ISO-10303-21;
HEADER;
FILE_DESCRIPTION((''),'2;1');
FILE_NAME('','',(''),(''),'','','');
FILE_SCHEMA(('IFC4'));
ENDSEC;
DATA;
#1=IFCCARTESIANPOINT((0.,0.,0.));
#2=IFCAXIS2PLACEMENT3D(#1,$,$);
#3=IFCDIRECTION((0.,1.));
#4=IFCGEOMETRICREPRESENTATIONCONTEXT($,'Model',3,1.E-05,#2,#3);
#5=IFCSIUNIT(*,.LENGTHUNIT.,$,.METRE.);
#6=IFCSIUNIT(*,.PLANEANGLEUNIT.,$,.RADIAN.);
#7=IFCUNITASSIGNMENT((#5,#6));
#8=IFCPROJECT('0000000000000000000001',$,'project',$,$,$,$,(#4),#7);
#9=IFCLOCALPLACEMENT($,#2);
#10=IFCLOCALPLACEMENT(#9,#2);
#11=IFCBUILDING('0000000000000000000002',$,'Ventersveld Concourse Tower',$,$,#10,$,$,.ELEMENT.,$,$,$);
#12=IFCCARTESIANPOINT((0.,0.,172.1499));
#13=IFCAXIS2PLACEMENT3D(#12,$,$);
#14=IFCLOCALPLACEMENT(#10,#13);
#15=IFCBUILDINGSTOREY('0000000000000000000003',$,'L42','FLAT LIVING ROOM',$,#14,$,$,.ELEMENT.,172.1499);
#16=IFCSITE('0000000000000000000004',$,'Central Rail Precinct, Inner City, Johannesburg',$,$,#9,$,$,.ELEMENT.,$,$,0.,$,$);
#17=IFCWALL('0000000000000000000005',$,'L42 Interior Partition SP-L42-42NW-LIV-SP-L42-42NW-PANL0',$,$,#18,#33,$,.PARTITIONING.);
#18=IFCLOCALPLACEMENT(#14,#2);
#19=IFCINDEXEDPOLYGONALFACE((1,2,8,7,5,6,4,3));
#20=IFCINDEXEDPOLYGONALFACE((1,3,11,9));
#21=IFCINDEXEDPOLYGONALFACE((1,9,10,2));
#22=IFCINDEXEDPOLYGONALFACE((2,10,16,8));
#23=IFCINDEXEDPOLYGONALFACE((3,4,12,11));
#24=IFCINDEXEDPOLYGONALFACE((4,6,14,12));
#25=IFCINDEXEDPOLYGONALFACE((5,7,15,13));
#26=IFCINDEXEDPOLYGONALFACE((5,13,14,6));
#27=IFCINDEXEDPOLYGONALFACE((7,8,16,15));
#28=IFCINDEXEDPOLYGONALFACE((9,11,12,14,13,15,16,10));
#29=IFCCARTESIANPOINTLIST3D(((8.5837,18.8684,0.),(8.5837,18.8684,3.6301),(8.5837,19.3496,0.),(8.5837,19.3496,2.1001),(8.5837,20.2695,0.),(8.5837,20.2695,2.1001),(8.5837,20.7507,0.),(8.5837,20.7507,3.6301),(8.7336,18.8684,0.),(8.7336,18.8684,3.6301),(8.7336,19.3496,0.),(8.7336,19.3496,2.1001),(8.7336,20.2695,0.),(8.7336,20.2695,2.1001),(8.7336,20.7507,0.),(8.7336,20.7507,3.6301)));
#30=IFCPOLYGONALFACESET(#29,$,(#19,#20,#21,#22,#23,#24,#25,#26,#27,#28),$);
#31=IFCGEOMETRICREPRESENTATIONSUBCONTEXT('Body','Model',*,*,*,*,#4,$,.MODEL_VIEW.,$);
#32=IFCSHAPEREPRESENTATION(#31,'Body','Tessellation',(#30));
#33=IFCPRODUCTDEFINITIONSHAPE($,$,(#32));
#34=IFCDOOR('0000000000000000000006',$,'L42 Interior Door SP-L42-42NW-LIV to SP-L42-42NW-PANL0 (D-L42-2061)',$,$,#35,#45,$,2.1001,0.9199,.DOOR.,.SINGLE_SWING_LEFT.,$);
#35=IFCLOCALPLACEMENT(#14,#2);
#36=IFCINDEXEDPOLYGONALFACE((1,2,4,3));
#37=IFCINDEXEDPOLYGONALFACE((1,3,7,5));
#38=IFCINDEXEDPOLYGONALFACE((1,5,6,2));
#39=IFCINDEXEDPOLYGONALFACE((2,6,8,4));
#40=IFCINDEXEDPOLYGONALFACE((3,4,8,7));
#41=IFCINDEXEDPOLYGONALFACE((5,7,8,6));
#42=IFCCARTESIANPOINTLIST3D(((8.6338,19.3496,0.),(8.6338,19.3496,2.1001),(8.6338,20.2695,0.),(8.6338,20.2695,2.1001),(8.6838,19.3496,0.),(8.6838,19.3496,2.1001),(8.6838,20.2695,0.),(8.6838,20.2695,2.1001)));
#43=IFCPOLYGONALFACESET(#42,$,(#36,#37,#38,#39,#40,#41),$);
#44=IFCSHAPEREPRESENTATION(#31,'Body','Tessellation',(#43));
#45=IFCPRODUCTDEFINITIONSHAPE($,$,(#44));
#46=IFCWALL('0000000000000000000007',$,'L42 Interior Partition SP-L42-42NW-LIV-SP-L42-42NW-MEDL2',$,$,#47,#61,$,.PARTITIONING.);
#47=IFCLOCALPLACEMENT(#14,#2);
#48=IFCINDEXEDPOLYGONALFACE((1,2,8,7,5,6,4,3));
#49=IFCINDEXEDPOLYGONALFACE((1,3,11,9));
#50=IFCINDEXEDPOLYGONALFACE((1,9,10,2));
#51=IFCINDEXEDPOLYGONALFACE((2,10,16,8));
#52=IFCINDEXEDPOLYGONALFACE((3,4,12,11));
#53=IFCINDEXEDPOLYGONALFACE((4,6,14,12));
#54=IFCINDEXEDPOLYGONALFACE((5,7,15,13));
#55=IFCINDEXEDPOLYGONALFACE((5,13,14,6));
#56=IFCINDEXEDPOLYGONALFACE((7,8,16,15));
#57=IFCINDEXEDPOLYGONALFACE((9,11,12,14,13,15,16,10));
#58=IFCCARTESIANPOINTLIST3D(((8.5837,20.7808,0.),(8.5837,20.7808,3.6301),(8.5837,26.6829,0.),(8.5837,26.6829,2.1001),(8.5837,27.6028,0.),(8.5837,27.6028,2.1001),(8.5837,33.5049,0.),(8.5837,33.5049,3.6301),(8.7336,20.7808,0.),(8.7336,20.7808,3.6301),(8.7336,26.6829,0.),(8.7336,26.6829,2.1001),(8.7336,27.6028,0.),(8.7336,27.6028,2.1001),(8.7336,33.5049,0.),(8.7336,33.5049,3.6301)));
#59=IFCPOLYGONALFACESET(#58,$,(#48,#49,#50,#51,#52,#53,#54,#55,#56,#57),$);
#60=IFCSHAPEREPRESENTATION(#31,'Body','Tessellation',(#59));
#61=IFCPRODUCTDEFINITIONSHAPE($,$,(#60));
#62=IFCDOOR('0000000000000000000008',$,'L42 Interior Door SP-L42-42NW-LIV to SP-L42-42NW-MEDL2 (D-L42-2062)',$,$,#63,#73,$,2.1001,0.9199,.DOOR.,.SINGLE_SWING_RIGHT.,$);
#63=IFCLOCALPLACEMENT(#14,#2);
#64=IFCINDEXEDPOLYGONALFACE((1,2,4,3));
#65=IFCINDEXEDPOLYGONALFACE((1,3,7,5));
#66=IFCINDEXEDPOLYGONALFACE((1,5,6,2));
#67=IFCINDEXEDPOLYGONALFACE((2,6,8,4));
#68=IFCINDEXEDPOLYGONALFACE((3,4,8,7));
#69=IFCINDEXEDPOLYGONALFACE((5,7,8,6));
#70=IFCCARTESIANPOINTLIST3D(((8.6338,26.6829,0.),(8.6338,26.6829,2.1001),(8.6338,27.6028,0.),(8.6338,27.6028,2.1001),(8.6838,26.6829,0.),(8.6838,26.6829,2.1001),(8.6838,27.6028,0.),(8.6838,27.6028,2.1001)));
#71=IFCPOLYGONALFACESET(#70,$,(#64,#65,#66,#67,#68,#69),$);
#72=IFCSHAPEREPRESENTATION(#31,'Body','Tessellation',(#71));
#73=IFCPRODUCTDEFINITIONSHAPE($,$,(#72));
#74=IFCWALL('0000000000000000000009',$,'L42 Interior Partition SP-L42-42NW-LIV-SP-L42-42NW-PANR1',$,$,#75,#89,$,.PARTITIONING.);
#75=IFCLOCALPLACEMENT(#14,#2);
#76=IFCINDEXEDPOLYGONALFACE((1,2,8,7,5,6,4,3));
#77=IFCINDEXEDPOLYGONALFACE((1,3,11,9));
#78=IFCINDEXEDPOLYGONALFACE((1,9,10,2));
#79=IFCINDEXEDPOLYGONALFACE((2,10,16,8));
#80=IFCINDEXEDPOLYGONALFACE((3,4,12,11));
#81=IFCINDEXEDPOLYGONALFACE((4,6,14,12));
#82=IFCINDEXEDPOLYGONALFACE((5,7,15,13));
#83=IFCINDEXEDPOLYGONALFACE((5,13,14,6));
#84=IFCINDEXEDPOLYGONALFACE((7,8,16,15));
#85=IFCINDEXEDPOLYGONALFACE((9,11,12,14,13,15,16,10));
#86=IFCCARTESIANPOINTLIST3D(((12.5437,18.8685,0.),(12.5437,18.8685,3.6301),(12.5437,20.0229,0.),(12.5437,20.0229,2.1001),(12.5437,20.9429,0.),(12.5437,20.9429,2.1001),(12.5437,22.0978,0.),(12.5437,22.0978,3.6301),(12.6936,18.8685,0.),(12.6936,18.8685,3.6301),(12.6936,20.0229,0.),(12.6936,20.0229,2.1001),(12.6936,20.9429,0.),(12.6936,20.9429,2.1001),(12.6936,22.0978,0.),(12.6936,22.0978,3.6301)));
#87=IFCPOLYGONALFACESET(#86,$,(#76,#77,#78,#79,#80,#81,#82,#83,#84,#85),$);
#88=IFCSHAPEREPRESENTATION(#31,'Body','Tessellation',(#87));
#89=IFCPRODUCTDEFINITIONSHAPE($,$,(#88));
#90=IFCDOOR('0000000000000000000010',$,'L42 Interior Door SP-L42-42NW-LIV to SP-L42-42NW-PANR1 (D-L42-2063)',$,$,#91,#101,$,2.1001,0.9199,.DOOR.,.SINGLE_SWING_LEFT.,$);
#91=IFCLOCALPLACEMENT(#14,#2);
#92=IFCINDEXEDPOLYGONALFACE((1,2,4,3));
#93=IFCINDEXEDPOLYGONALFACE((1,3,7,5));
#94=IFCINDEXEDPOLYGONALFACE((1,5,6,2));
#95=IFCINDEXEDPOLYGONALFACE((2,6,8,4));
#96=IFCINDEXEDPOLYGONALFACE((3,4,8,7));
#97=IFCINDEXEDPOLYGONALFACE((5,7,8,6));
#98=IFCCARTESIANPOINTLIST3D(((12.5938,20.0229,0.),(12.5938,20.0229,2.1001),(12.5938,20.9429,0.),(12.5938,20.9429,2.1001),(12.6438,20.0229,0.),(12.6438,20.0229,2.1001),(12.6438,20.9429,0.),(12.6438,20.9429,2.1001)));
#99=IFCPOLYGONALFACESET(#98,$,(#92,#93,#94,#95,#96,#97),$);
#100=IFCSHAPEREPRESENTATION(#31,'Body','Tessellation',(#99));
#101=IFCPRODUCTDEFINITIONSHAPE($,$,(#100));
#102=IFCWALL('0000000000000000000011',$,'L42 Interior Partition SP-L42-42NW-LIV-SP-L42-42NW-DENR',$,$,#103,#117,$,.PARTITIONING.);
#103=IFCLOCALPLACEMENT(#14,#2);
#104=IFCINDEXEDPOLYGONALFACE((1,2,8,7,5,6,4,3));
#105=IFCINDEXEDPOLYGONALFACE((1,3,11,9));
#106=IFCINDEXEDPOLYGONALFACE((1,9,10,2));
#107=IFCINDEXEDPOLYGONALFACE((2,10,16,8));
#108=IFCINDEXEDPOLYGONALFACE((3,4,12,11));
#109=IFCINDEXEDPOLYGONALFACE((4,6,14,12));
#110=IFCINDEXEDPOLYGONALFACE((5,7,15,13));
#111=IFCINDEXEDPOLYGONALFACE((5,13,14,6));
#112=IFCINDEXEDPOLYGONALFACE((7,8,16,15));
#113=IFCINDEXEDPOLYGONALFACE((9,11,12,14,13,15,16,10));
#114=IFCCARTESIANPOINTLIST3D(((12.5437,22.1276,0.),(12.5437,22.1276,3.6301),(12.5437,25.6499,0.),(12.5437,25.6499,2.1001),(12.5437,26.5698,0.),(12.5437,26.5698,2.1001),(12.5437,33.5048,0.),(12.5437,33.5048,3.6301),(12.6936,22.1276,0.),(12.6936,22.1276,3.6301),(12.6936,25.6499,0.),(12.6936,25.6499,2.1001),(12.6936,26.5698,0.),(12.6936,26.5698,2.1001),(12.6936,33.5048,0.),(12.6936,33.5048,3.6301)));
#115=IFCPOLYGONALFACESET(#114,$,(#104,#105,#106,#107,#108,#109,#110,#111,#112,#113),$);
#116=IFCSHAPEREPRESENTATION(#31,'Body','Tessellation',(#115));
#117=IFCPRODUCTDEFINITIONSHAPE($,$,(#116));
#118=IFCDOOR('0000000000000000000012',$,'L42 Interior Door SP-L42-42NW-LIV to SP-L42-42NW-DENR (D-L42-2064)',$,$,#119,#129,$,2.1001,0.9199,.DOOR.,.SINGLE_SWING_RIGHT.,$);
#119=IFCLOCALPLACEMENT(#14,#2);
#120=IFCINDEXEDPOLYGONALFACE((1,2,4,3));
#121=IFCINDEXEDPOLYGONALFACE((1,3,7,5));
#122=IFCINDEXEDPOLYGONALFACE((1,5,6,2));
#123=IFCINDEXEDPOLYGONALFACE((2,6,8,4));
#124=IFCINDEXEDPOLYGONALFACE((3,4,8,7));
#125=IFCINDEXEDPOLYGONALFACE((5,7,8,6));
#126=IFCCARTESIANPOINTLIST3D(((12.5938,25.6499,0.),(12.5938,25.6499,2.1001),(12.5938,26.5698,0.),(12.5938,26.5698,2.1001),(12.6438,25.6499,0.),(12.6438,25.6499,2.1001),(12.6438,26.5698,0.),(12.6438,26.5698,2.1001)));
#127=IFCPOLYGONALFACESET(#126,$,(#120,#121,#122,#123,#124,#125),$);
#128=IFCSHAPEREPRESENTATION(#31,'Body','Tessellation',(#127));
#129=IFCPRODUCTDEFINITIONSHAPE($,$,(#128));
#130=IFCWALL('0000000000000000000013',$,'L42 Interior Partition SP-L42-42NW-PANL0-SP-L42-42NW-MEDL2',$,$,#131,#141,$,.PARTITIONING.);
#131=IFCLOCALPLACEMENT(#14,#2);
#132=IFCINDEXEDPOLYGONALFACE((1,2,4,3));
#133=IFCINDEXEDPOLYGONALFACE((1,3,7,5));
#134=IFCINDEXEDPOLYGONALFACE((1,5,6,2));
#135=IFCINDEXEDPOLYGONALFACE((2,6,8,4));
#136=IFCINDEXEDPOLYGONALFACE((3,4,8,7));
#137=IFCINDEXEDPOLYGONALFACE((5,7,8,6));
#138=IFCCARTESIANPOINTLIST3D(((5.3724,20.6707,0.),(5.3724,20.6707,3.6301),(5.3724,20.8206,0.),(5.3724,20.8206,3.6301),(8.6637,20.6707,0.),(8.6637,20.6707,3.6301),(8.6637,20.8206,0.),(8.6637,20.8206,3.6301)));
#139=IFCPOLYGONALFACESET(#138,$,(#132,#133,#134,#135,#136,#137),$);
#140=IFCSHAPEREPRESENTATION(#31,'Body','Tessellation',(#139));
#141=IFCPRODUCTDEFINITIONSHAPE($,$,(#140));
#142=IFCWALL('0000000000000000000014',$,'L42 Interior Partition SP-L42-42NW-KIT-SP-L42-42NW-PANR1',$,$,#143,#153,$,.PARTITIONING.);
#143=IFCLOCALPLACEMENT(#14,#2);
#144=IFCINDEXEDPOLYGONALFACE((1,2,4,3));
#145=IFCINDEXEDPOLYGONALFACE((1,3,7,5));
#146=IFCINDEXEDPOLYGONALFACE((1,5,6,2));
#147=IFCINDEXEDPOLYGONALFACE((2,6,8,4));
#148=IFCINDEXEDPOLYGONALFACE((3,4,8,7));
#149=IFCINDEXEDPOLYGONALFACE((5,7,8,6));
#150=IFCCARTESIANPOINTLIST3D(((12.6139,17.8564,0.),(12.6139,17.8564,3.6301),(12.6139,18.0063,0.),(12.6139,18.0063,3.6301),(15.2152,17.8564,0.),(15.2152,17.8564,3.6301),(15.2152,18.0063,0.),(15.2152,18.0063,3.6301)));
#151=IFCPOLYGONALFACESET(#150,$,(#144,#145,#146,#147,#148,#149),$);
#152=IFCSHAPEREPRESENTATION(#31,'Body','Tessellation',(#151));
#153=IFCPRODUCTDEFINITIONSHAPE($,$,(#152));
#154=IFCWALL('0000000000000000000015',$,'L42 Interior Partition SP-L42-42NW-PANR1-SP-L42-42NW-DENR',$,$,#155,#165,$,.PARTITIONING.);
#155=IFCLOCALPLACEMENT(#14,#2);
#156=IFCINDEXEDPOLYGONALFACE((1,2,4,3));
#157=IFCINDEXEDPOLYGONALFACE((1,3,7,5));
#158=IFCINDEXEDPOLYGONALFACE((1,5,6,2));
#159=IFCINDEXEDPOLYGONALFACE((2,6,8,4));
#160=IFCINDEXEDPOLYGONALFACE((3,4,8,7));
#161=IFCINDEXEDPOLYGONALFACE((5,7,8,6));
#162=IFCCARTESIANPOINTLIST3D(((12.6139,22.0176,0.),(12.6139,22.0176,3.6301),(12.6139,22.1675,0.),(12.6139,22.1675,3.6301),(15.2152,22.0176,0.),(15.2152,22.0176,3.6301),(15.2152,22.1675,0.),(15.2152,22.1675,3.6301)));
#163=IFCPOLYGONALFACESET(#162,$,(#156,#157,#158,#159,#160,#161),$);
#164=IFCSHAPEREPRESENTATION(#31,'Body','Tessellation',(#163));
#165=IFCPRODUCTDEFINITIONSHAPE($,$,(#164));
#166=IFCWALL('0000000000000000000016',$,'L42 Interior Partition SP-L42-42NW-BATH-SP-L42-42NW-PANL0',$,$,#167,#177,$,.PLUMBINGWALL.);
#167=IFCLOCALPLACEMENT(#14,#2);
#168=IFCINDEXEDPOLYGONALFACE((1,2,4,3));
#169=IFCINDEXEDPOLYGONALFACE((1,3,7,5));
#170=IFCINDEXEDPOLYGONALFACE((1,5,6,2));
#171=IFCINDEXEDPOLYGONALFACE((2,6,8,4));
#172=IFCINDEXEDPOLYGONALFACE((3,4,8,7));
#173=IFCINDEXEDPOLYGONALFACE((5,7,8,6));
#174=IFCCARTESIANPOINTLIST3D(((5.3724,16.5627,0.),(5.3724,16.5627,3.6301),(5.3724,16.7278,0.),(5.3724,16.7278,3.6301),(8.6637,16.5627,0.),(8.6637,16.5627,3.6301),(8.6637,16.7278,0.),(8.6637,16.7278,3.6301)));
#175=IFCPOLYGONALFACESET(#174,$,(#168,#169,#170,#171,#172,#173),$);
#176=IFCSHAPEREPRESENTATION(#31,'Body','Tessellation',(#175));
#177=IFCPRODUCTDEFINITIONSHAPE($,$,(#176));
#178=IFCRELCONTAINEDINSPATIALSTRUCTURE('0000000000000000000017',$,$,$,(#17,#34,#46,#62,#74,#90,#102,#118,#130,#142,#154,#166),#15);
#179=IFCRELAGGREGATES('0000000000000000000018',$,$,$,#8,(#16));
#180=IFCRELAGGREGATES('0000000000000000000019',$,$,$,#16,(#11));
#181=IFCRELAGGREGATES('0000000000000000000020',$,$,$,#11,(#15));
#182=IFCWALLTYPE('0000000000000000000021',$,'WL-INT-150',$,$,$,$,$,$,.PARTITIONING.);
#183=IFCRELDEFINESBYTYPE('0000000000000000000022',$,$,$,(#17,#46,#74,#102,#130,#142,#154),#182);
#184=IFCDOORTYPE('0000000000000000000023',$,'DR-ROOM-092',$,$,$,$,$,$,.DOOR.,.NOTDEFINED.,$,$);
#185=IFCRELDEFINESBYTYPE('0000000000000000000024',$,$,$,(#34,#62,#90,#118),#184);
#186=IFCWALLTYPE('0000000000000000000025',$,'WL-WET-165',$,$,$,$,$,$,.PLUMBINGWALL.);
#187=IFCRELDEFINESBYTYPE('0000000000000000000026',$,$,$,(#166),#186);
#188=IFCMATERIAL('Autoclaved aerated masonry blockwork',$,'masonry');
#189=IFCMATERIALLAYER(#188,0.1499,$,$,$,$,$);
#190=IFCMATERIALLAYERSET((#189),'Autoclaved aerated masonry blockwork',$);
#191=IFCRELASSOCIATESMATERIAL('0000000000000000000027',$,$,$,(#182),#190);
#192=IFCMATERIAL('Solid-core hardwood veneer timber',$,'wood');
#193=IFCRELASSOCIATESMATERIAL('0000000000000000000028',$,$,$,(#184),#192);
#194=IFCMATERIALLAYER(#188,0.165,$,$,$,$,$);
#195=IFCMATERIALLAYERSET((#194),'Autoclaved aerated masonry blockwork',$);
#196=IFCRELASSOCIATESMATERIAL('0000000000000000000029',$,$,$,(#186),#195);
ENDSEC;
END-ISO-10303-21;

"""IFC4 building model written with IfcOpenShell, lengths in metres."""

from ifc_helpers import new_model, si_unit, direction, frame, frame_2d, origin, place, context, subcontext, project, spatial, rectangle, extrude, material, layer, layer_set, type_object, element, fill, save


model = new_model("IFC4")

# Units and contexts
model_context = context("Model", 3, precision=1e-05, world=origin(), true_north=direction((0.0, 1.0)))
body_context = subcontext(model_context, "Body", "Model", "MODEL_VIEW")
ifc_project = project(units=[si_unit("LENGTHUNIT", "METRE"), si_unit("PLANEANGLEUNIT", "RADIAN")], contexts=[model_context])

# Site, building, storey
site_placement = place(None, origin())
site = spatial("IfcSite", under=ifc_project, at=site_placement, Name="Central Rail Precinct, Inner City, Johannesburg", CompositionType="ELEMENT", RefElevation=0.0)
building_placement = place(site_placement, origin())
building = spatial("IfcBuilding", under=site, at=building_placement, Name="Ventersveld Concourse Tower", CompositionType="ELEMENT")
storey_placement = place(building_placement, frame((0.0, 0.0, 172.1499)))
storey = spatial("IfcBuildingStorey", under=building, at=storey_placement, Name="L42", Description="FLAT LIVING ROOM", CompositionType="ELEMENT", Elevation=172.1499)

# Shared definitions
ifc_material_1 = material(Name="Autoclaved aerated masonry blockwork", Category="masonry")
ifc_layer_1 = layer(ifc_material_1, 0.1499)
ifc_layer_set_1 = layer_set([ifc_layer_1], Name="Autoclaved aerated masonry blockwork")
wall_type_1 = type_object("IfcWallType", Name="WL-INT-150", PredefinedType="PARTITIONING", material=ifc_layer_set_1)
ifc_material_2 = material(Name="Solid-core hardwood veneer timber", Category="wood")
door_type = type_object("IfcDoorType", Name="DR-ROOM-092", OperationType="NOTDEFINED", PredefinedType="DOOR", material=ifc_material_2)

# Walls, openings, doors
wall_1_placement = place(storey_placement, frame((8.6587, 18.8684, 0.0), z_axis=(0.0, 0.0, 1.0), x_axis=(0.0, 1.0, 0.0)))
wall_1 = element("IfcWall", 1, at=wall_1_placement, inside=storey, type_object=wall_type_1, Name="L42 Interior Partition SP-L42-42NW-LIV-SP-L42-42NW-PANL0", PredefinedType="PARTITIONING", context=body_context, shape_type="SweptSolid", body=[
    extrude(rectangle(XDim=1.8823, YDim=0.1499, at=frame_2d((0.9412, 0.0))), origin(), (0.0, 0.0, 1.0), 3.6301),
])
opening_1_placement = place(wall_1_placement, frame((0.4812, 0.0, 0.0)))
opening_1 = element("IfcOpeningElement", 2, at=opening_1_placement, cuts=wall_1, PredefinedType="OPENING", context=body_context, shape_type="SweptSolid", body=[
    extrude(rectangle(XDim=0.9199, YDim=2.1001, at=frame_2d((0.46, 1.05))), frame((0.0, 0.085, 0.0), z_axis=(0.0, -1.0, 0.0), x_axis=(1.0, 0.0, 0.0)), (0.0, 0.0, 1.0), 0.1699),
])
door_1_placement = place(opening_1_placement, origin())
door_1 = element("IfcDoor", 3, at=door_1_placement, inside=storey, type_object=door_type, Name="L42 Interior Door SP-L42-42NW-LIV to SP-L42-42NW-PANL0 (D-L42-2061)", OperationType="SINGLE_SWING_LEFT", OverallHeight=2.1001, OverallWidth=0.9199, PredefinedType="DOOR", context=body_context, shape_type="SweptSolid", body=[
    extrude(rectangle(XDim=0.9199, YDim=2.1001, at=frame_2d((0.46, 1.05))), frame((0.0, 0.0249, 0.0), z_axis=(0.0, -1.0, 0.0), x_axis=(1.0, 0.0, 0.0)), (0.0, 0.0, 1.0), 0.05),
])
fill(opening_1, door_1)
wall_2_placement = place(storey_placement, frame((8.6587, 20.7808, 0.0), z_axis=(0.0, 0.0, 1.0), x_axis=(0.0, 1.0, 0.0)))
wall_2 = element("IfcWall", 4, at=wall_2_placement, inside=storey, type_object=wall_type_1, Name="L42 Interior Partition SP-L42-42NW-LIV-SP-L42-42NW-MEDL2", PredefinedType="PARTITIONING", context=body_context, shape_type="SweptSolid", body=[
    extrude(rectangle(XDim=12.7241, YDim=0.1499, at=frame_2d((6.3621, 0.0))), origin(), (0.0, 0.0, 1.0), 3.6301),
])
opening_2_placement = place(wall_2_placement, frame((5.9021, 0.0, 0.0)))
opening_2 = element("IfcOpeningElement", 5, at=opening_2_placement, cuts=wall_2, PredefinedType="OPENING", context=body_context, shape_type="SweptSolid", body=[
    extrude(rectangle(XDim=0.9199, YDim=2.1001, at=frame_2d((0.46, 1.05))), frame((0.0, 0.085, 0.0), z_axis=(0.0, -1.0, 0.0), x_axis=(1.0, 0.0, 0.0)), (0.0, 0.0, 1.0), 0.1699),
])
door_2_placement = place(opening_2_placement, origin())
door_2 = element("IfcDoor", 6, at=door_2_placement, inside=storey, type_object=door_type, Name="L42 Interior Door SP-L42-42NW-LIV to SP-L42-42NW-MEDL2 (D-L42-2062)", OperationType="SINGLE_SWING_RIGHT", OverallHeight=2.1001, OverallWidth=0.9199, PredefinedType="DOOR", context=body_context, shape_type="SweptSolid", body=[
    extrude(rectangle(XDim=0.9199, YDim=2.1001, at=frame_2d((0.46, 1.05))), frame((0.0, 0.0249, 0.0), z_axis=(0.0, -1.0, 0.0), x_axis=(1.0, 0.0, 0.0)), (0.0, 0.0, 1.0), 0.05),
])
fill(opening_2, door_2)
wall_3_placement = place(storey_placement, frame((12.6187, 18.8684, 0.0), z_axis=(0.0, 0.0, 1.0), x_axis=(0.0, 1.0, 0.0)))
wall_3 = element("IfcWall", 7, at=wall_3_placement, inside=storey, type_object=wall_type_1, Name="L42 Interior Partition SP-L42-42NW-LIV-SP-L42-42NW-PANR1", PredefinedType="PARTITIONING", context=body_context, shape_type="SweptSolid", body=[
    extrude(rectangle(XDim=3.2292, YDim=0.1499, at=frame_2d((1.6147, 0.0))), origin(), (0.0, 0.0, 1.0), 3.6301),
])
opening_3_placement = place(wall_3_placement, frame((1.1545, 0.0, 0.0)))
opening_3 = element("IfcOpeningElement", 8, at=opening_3_placement, cuts=wall_3, PredefinedType="OPENING", context=body_context, shape_type="SweptSolid", body=[
    extrude(rectangle(XDim=0.9199, YDim=2.1001, at=frame_2d((0.46, 1.05))), frame((0.0, 0.085, 0.0), z_axis=(0.0, -1.0, 0.0), x_axis=(1.0, 0.0, 0.0)), (0.0, 0.0, 1.0), 0.1699),
])
door_3_placement = place(opening_3_placement, origin())
door_3 = element("IfcDoor", 9, at=door_3_placement, inside=storey, type_object=door_type, Name="L42 Interior Door SP-L42-42NW-LIV to SP-L42-42NW-PANR1 (D-L42-2063)", OperationType="SINGLE_SWING_LEFT", OverallHeight=2.1001, OverallWidth=0.9199, PredefinedType="DOOR", context=body_context, shape_type="SweptSolid", body=[
    extrude(rectangle(XDim=0.9199, YDim=2.1001, at=frame_2d((0.46, 1.05))), frame((0.0, 0.0249, 0.0), z_axis=(0.0, -1.0, 0.0), x_axis=(1.0, 0.0, 0.0)), (0.0, 0.0, 1.0), 0.05),
])
fill(opening_3, door_3)
wall_4_placement = place(storey_placement, frame((12.6187, 22.1277, 0.0), z_axis=(0.0, 0.0, 1.0), x_axis=(0.0, 1.0, 0.0)))
wall_4 = element("IfcWall", 10, at=wall_4_placement, inside=storey, type_object=wall_type_1, Name="L42 Interior Partition SP-L42-42NW-LIV-SP-L42-42NW-DENR", PredefinedType="PARTITIONING", context=body_context, shape_type="SweptSolid", body=[
    extrude(rectangle(XDim=11.3772, YDim=0.1499, at=frame_2d((5.6885, 0.0))), origin(), (0.0, 0.0, 1.0), 3.6301),
])
opening_4_placement = place(wall_4_placement, frame((3.5222, 0.0, 0.0)))
opening_4 = element("IfcOpeningElement", 11, at=opening_4_placement, cuts=wall_4, PredefinedType="OPENING", context=body_context, shape_type="SweptSolid", body=[
    extrude(rectangle(XDim=0.9199, YDim=2.1001, at=frame_2d((0.46, 1.05))), frame((0.0, 0.085, 0.0), z_axis=(0.0, -1.0, 0.0), x_axis=(1.0, 0.0, 0.0)), (0.0, 0.0, 1.0), 0.1699),
])
door_4_placement = place(opening_4_placement, origin())
door_4 = element("IfcDoor", 12, at=door_4_placement, inside=storey, type_object=door_type, Name="L42 Interior Door SP-L42-42NW-LIV to SP-L42-42NW-DENR (D-L42-2064)", OperationType="SINGLE_SWING_RIGHT", OverallHeight=2.1001, OverallWidth=0.9199, PredefinedType="DOOR", context=body_context, shape_type="SweptSolid", body=[
    extrude(rectangle(XDim=0.9199, YDim=2.1001, at=frame_2d((0.46, 1.05))), frame((0.0, 0.0249, 0.0), z_axis=(0.0, -1.0, 0.0), x_axis=(1.0, 0.0, 0.0)), (0.0, 0.0, 1.0), 0.05),
])
fill(opening_4, door_4)

# Walls
wall_5_placement = place(storey_placement, frame((5.3726, 20.7456, 0.0), z_axis=(0.0, 0.0, 1.0), x_axis=(1.0, 0.0, 0.0)))
element("IfcWall", 13, at=wall_5_placement, inside=storey, type_object=wall_type_1, Name="L42 Interior Partition SP-L42-42NW-PANL0-SP-L42-42NW-MEDL2", PredefinedType="PARTITIONING", context=body_context, shape_type="SweptSolid", body=[
    extrude(rectangle(XDim=3.2913, YDim=0.1499, at=frame_2d((1.6455, 0.0))), origin(), (0.0, 0.0, 1.0), 3.6301),
])
for number, where, z_axis, x_axis, name in (
    (14, (12.6138, 17.9314, 0.0), (0.0, 0.0, 1.0), (1.0, 0.0, 0.0), "L42 Interior Partition SP-L42-42NW-KIT-SP-L42-42NW-PANR1"),
    (15, (12.6138, 22.0925, 0.0), (0.0, 0.0, 1.0), (1.0, 0.0, 0.0), "L42 Interior Partition SP-L42-42NW-PANR1-SP-L42-42NW-DENR"),
):
    element("IfcWall", number, at=place(storey_placement, frame(where, z_axis=z_axis, x_axis=x_axis)), inside=storey, type_object=wall_type_1, Name=name, PredefinedType="PARTITIONING", context=body_context, shape_type="SweptSolid", body=[
        extrude(rectangle(XDim=2.6013, YDim=0.1499, at=frame_2d((1.3008, 0.0))), origin(), (0.0, 0.0, 1.0), 3.6301),
    ])
ifc_layer_2 = layer(ifc_material_1, 0.165)
ifc_layer_set_2 = layer_set([ifc_layer_2], Name="Autoclaved aerated masonry blockwork")
wall_type_2 = type_object("IfcWallType", Name="WL-WET-165", PredefinedType="PLUMBINGWALL", material=ifc_layer_set_2)
wall_6_placement = place(storey_placement, frame((5.3726, 16.6453, 0.0), z_axis=(0.0, 0.0, 1.0), x_axis=(1.0, 0.0, 0.0)))
element("IfcWall", 16, at=wall_6_placement, inside=storey, type_object=wall_type_2, Name="L42 Interior Partition SP-L42-42NW-BATH-SP-L42-42NW-PANL0", PredefinedType="PLUMBINGWALL", context=body_context, shape_type="SweptSolid", body=[
    extrude(rectangle(XDim=3.2913, YDim=0.165, at=frame_2d((1.6455, 0.0))), origin(), (0.0, 0.0, 1.0), 3.6301),
])

save(model, "model.ifc")
